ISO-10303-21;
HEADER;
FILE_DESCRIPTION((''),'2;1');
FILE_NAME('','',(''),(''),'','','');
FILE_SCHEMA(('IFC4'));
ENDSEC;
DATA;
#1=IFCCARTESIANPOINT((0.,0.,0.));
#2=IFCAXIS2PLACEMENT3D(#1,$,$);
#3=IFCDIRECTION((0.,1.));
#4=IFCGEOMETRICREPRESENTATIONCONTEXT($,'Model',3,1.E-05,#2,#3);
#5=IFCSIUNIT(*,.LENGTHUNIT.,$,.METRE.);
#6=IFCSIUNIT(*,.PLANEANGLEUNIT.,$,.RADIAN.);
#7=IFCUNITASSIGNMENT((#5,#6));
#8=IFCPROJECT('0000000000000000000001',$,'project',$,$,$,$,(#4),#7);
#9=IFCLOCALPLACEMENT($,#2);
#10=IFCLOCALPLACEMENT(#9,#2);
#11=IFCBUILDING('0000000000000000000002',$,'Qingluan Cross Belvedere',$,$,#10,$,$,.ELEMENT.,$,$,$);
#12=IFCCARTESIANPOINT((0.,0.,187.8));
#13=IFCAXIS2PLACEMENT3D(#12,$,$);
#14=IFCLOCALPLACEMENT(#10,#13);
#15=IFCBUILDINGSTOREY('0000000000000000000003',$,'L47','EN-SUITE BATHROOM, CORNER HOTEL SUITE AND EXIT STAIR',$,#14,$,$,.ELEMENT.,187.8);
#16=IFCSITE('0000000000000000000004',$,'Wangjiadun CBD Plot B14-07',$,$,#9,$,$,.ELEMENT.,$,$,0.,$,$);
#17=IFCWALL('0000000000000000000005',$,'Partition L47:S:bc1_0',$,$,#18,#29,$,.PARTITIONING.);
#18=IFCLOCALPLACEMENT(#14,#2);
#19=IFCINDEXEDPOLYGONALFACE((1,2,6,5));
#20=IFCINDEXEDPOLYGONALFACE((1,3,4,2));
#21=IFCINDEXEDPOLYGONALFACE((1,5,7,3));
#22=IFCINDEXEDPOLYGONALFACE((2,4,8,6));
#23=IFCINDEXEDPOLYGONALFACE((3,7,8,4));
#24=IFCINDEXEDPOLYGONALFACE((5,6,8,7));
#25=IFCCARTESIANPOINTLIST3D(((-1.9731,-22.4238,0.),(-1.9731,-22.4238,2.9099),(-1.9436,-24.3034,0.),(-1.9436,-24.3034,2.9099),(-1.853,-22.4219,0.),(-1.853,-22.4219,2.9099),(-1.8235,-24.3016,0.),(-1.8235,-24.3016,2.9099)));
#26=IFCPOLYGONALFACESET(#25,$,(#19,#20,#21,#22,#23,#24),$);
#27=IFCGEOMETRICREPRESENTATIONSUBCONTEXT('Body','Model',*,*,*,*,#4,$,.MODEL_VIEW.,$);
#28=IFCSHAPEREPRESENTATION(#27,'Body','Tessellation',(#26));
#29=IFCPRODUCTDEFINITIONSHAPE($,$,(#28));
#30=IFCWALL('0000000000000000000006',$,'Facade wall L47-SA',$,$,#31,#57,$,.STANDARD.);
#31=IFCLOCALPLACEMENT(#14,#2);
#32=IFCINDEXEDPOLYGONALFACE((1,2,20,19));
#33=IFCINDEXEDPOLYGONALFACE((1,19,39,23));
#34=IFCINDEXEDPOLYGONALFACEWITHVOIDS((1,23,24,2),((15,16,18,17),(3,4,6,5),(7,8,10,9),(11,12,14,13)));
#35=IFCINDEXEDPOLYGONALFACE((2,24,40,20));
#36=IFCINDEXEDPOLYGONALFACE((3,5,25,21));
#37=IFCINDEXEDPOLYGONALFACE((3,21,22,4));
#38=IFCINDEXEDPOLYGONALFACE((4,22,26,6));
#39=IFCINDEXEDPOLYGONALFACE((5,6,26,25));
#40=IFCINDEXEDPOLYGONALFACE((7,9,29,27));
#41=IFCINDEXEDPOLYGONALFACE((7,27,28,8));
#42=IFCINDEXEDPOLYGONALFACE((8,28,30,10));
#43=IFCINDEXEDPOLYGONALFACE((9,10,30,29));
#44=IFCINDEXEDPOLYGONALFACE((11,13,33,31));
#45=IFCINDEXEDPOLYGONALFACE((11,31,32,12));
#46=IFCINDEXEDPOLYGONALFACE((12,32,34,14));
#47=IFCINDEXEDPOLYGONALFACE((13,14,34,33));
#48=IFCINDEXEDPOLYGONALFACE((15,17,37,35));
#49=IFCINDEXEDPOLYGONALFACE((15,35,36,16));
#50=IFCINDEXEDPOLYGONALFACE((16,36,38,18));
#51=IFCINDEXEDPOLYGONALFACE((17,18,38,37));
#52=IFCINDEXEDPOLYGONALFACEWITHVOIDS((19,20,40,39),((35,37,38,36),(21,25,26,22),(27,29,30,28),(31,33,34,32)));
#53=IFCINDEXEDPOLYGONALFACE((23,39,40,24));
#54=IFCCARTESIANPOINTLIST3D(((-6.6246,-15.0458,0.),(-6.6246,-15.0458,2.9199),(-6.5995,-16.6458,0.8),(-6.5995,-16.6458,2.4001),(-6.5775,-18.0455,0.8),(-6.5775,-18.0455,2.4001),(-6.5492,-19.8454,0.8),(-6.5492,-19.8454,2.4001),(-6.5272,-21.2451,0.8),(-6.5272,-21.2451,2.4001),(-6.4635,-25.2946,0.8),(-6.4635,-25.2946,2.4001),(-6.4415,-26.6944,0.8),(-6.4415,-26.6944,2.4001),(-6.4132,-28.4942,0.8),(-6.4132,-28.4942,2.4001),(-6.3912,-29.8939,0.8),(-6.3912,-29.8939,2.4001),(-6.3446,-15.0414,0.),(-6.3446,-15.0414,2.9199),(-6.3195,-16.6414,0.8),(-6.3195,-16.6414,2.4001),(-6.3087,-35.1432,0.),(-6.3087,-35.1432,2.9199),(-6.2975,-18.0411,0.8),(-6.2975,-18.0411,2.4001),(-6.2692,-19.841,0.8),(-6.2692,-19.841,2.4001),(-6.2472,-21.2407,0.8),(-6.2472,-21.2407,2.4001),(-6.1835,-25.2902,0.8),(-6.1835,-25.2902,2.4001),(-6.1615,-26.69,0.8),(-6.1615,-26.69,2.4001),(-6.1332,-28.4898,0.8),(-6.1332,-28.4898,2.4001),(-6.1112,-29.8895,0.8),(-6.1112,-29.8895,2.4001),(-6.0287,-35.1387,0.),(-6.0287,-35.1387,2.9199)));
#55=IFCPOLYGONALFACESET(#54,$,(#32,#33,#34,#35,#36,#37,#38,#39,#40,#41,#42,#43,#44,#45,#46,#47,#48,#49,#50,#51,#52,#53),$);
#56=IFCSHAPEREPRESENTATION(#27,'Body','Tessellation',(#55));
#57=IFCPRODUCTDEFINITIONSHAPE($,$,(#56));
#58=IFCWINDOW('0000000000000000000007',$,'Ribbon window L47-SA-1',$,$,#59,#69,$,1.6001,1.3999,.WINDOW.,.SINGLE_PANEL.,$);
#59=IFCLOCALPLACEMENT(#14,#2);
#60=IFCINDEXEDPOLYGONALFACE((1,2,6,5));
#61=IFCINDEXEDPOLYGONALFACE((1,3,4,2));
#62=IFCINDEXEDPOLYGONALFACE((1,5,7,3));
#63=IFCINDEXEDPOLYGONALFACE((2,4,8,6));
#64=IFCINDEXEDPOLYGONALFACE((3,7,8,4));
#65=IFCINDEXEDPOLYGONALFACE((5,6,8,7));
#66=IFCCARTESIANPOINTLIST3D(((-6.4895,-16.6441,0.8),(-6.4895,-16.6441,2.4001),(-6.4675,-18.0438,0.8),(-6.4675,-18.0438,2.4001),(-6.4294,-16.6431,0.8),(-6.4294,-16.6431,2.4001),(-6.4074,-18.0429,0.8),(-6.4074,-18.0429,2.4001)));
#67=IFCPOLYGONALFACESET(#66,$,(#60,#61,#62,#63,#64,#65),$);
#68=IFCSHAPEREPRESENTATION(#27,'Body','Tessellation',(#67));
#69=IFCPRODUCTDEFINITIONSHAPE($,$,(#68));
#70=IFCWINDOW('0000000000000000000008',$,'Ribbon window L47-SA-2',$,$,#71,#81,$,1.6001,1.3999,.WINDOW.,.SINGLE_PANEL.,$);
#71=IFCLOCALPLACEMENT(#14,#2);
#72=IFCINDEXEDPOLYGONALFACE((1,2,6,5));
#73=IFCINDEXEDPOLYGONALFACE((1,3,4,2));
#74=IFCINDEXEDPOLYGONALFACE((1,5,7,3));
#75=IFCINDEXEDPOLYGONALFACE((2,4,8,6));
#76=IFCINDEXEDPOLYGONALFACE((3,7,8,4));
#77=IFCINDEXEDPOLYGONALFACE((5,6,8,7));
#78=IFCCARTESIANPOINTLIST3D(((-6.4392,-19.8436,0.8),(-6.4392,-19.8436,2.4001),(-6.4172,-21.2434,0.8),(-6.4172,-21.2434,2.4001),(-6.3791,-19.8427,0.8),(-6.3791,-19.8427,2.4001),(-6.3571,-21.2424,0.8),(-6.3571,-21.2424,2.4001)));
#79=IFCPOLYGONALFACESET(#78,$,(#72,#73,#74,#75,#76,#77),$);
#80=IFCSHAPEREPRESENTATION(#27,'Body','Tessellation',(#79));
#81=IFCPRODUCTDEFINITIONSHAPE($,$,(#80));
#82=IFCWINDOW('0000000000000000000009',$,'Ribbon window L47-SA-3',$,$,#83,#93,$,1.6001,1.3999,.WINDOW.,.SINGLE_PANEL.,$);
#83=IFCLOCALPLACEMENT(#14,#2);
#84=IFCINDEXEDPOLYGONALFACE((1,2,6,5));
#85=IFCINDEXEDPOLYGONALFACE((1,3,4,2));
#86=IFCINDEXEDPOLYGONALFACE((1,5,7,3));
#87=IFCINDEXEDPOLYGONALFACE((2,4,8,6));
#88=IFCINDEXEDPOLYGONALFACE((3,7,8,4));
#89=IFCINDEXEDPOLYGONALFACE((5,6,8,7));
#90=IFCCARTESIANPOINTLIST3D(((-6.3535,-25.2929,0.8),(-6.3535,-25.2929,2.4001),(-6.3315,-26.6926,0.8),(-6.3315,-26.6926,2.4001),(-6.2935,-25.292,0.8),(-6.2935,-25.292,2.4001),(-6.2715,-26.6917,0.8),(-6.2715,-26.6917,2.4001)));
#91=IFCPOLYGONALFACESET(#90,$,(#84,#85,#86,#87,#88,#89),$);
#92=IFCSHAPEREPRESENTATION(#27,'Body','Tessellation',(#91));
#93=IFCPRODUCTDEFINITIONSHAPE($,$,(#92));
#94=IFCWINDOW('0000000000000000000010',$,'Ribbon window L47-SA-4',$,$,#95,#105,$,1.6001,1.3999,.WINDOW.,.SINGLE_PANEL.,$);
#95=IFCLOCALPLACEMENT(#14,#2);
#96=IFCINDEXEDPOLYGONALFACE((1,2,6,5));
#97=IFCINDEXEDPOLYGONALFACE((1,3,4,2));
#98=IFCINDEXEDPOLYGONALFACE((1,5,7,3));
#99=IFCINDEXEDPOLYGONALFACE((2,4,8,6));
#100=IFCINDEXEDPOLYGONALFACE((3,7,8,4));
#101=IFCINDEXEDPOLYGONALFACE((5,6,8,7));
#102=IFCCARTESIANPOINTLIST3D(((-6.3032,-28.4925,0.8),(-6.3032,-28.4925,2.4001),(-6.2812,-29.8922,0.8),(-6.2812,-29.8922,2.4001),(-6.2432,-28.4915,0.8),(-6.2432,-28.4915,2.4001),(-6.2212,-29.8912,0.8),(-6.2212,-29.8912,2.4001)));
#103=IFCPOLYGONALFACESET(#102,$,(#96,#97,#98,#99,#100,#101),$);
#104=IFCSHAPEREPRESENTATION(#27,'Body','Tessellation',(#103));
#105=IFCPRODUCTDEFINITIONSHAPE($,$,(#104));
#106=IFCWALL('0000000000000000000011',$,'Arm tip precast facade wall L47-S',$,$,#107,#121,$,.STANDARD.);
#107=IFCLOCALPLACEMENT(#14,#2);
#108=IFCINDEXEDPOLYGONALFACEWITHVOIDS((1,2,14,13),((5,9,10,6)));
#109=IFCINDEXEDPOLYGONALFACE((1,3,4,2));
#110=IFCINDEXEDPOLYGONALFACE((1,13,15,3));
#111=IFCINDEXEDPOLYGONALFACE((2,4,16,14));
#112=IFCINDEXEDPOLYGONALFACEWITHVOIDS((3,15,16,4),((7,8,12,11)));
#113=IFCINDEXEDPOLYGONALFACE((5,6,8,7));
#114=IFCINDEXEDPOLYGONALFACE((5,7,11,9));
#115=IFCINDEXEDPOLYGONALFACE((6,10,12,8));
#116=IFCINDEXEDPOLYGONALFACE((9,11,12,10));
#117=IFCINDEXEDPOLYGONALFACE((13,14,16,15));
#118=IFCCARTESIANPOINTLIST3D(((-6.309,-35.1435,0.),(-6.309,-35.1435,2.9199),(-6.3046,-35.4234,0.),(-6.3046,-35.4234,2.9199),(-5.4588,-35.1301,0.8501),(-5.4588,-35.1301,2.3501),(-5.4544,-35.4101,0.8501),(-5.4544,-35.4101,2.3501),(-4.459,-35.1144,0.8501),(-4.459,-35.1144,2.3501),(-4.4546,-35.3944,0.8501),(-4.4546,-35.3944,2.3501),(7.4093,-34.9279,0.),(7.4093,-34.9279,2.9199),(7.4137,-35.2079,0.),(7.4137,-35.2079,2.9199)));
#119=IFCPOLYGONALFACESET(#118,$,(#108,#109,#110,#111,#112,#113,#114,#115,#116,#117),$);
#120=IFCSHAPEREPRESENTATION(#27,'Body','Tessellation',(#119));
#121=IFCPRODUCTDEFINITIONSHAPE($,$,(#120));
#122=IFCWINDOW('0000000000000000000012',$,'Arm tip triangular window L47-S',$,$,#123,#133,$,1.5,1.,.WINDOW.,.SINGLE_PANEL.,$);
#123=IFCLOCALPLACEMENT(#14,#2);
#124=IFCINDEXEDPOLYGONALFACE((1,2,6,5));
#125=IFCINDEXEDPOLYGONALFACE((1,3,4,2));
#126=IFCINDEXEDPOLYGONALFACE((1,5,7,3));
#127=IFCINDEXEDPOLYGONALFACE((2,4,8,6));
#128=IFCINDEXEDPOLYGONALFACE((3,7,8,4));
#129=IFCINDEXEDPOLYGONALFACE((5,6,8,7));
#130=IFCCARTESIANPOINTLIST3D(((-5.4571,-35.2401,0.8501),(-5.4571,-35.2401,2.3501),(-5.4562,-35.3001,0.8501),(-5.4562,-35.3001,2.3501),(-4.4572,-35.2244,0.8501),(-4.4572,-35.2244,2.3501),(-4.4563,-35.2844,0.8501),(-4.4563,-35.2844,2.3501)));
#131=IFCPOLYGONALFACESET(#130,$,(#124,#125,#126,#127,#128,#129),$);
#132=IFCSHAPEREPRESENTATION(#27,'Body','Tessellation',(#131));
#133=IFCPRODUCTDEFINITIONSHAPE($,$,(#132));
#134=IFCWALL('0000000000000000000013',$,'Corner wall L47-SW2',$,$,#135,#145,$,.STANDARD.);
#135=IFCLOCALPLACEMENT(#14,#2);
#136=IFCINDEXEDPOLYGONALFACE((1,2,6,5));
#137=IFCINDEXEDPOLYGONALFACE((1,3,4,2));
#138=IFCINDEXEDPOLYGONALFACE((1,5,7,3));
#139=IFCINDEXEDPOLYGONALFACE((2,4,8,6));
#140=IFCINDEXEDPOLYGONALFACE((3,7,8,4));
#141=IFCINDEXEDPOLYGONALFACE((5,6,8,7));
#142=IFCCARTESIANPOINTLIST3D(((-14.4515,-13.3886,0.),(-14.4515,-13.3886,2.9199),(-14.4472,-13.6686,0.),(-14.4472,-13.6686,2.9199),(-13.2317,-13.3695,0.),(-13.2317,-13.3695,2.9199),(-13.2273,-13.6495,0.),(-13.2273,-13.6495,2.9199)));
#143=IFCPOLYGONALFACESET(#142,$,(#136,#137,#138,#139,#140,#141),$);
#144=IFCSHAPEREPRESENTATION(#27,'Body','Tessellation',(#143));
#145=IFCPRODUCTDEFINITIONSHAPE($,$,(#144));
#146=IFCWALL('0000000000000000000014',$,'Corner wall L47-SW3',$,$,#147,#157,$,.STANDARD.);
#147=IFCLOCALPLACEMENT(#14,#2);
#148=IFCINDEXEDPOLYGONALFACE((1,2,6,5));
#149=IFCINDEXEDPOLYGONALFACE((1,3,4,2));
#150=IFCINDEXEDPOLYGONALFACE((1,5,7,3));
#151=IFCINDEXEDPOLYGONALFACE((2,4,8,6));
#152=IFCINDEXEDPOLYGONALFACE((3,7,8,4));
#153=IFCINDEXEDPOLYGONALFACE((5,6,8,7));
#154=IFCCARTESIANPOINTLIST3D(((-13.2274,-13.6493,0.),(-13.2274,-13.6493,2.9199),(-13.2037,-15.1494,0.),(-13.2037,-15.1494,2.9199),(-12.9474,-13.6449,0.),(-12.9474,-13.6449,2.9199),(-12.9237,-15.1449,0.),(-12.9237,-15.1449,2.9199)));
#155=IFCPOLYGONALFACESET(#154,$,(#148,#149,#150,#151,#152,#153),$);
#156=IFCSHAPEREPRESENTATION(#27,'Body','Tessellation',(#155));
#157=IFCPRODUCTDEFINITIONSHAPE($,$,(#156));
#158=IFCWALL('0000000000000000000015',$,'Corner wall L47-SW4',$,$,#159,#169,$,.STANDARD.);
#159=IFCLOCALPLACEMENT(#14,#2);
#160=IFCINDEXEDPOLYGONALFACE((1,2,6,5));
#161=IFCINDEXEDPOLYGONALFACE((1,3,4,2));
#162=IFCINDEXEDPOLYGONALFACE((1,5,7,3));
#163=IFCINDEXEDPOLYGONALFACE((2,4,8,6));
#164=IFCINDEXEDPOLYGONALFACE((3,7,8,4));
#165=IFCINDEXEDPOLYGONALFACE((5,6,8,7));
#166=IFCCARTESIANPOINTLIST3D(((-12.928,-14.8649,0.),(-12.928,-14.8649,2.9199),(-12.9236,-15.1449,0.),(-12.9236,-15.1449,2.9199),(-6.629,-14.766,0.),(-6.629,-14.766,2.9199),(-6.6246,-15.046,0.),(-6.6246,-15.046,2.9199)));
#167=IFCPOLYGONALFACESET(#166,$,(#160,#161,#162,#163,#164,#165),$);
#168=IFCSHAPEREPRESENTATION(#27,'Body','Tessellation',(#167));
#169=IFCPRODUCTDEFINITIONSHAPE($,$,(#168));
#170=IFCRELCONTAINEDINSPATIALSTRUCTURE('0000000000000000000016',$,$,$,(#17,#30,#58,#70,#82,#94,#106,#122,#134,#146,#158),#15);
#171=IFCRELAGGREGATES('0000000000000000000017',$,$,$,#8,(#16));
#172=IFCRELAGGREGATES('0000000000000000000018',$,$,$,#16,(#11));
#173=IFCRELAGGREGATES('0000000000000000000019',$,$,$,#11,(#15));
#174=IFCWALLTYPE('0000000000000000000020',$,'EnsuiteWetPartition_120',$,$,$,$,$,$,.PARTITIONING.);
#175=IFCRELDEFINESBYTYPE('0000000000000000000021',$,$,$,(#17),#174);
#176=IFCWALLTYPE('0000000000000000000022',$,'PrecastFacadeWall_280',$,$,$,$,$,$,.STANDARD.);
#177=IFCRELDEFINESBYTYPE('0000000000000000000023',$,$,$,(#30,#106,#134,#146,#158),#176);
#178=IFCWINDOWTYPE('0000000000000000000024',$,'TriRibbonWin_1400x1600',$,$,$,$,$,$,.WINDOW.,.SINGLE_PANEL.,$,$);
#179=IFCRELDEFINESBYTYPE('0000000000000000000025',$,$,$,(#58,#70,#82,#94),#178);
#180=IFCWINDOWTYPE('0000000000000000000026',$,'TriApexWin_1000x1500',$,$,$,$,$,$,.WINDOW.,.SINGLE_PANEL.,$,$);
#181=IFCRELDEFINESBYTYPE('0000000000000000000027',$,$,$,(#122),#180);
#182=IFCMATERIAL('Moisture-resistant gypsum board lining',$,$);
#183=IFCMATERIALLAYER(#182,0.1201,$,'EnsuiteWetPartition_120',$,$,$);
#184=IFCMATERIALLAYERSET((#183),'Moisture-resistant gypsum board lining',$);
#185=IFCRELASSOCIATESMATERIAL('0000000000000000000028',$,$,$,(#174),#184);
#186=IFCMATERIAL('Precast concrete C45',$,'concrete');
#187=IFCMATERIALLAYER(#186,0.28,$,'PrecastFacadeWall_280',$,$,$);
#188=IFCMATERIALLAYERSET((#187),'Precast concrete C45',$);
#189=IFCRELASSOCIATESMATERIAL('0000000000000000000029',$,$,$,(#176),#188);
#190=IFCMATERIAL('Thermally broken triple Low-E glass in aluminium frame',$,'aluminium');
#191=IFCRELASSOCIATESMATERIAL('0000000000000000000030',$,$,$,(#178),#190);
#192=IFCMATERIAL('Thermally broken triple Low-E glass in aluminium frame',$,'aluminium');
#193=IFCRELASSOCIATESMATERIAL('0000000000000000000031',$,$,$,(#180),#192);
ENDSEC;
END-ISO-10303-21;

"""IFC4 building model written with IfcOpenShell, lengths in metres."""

from ifc_helpers import new_model, si_unit, direction, frame, frame_2d, origin, place, context, subcontext, project, spatial, rectangle, extrude, material, layer, layer_set, type_object, element, fill, save


model = new_model("IFC4")

# Units and contexts
model_context = context("Model", 3, precision=1e-05, world=origin(), true_north=direction((0.0, 1.0)))
body_context = subcontext(model_context, "Body", "Model", "MODEL_VIEW")
ifc_project = project(units=[si_unit("LENGTHUNIT", "METRE"), si_unit("PLANEANGLEUNIT", "RADIAN")], contexts=[model_context])

# Site, building, storey
site_placement = place(None, origin())
site = spatial("IfcSite", under=ifc_project, at=site_placement, Name="Wangjiadun CBD Plot B14-07", CompositionType="ELEMENT", RefElevation=0.0)
building_placement = place(site_placement, origin())
building = spatial("IfcBuilding", under=site, at=building_placement, Name="Qingluan Cross Belvedere", CompositionType="ELEMENT")
storey_placement = place(building_placement, frame((0.0, 0.0, 187.8)))
storey = spatial("IfcBuildingStorey", under=building, at=storey_placement, Name="L47", Description="EN-SUITE BATHROOM, CORNER HOTEL SUITE AND EXIT STAIR", CompositionType="ELEMENT", Elevation=187.8)

# Wall
ifc_material_1 = material(Name="Moisture-resistant gypsum board lining")
ifc_layer_1 = layer(ifc_material_1, 0.1201, Name="EnsuiteWetPartition_120")
ifc_layer_set_1 = layer_set([ifc_layer_1], Name="Moisture-resistant gypsum board lining")
wall_type_1 = type_object("IfcWallType", Name="EnsuiteWetPartition_120", PredefinedType="PARTITIONING", material=ifc_layer_set_1)
wall_1_placement = place(storey_placement, frame((-1.9131, -22.4229, 0.0), z_axis=(0.0, 0.0, 1.0), x_axis=(0.015714, -0.999877, 0.0)))
element("IfcWall", 1, at=wall_1_placement, inside=storey, type_object=wall_type_1, Name="Partition L47:S:bc1_0", PredefinedType="PARTITIONING", context=body_context, shape_type="SweptSolid", body=[
    extrude(rectangle(XDim=1.8799, YDim=0.1201, at=frame_2d((0.9399, 0.0))), origin(), (0.0, 0.0, 1.0), 2.9099),
])

# Wall, openings, windows
ifc_material_2 = material(Name="Precast concrete C45", Category="concrete")
ifc_layer_2 = layer(ifc_material_2, 0.28, Name="PrecastFacadeWall_280")
ifc_layer_set_2 = layer_set([ifc_layer_2], Name="Precast concrete C45")
wall_type_2 = type_object("IfcWallType", Name="PrecastFacadeWall_280", PredefinedType="STANDARD", material=ifc_layer_set_2)
wall_2_placement = place(storey_placement, frame((-6.4846, -15.0437, 0.0), z_axis=(0.0, 0.0, 1.0), x_axis=(0.015717, -0.999876, 0.0)))
wall_2 = element("IfcWall", 2, at=wall_2_placement, inside=storey, type_object=wall_type_2, Name="Facade wall L47-SA", PredefinedType="STANDARD", context=body_context, shape_type="SweptSolid", body=[
    extrude(rectangle(XDim=20.0999, YDim=0.28, at=frame_2d((10.0498, 0.0))), origin(), (0.0, 0.0, 1.0), 2.9199),
])
opening_1_placement = place(wall_2_placement, frame((1.6001, 0.0, 0.8)))
opening_1 = element("IfcOpeningElement", 3, at=opening_1_placement, cuts=wall_2, PredefinedType="OPENING", context=body_context, shape_type="SweptSolid", body=[
    extrude(rectangle(XDim=1.3999, YDim=1.6001, at=frame_2d((0.7, 0.8))), frame((0.0, 0.1499, 0.0), z_axis=(0.0, -1.0, 0.0), x_axis=(1.0, 0.0, 0.0)), (0.0, 0.0, 1.0), 0.3),
])
opening_2_placement = place(wall_2_placement, frame((4.8, 0.0, 0.8)))
opening_2 = element("IfcOpeningElement", 4, at=opening_2_placement, cuts=wall_2, PredefinedType="OPENING", context=body_context, shape_type="SweptSolid", body=[
    extrude(rectangle(XDim=1.3999, YDim=1.6001, at=frame_2d((0.7, 0.8))), frame((0.0, 0.1499, 0.0), z_axis=(0.0, -1.0, 0.0), x_axis=(1.0, 0.0, 0.0)), (0.0, 0.0, 1.0), 0.3),
])
opening_3_placement = place(wall_2_placement, frame((10.25, 0.0, 0.8)))
opening_3 = element("IfcOpeningElement", 5, at=opening_3_placement, cuts=wall_2, PredefinedType="OPENING", context=body_context, shape_type="SweptSolid", body=[
    extrude(rectangle(XDim=1.3999, YDim=1.6001, at=frame_2d((0.7, 0.8))), frame((0.0, 0.1499, 0.0), z_axis=(0.0, -1.0, 0.0), x_axis=(1.0, 0.0, 0.0)), (0.0, 0.0, 1.0), 0.3),
])
opening_4_placement = place(wall_2_placement, frame((13.45, 0.0, 0.8)))
opening_4 = element("IfcOpeningElement", 6, at=opening_4_placement, cuts=wall_2, PredefinedType="OPENING", context=body_context, shape_type="SweptSolid", body=[
    extrude(rectangle(XDim=1.3999, YDim=1.6001, at=frame_2d((0.7, 0.8))), frame((0.0, 0.1499, 0.0), z_axis=(0.0, -1.0, 0.0), x_axis=(1.0, 0.0, 0.0)), (0.0, 0.0, 1.0), 0.3),
])
ifc_material_3 = material(Name="Thermally broken triple Low-E glass in aluminium frame", Category="aluminium")
window_type_1 = type_object("IfcWindowType", Name="TriRibbonWin_1400x1600", PartitioningType="SINGLE_PANEL", PredefinedType="WINDOW", material=ifc_material_3)
window_1_placement = place(opening_1_placement, origin())
window_1 = element("IfcWindow", 7, at=window_1_placement, inside=storey, type_object=window_type_1, Name="Ribbon window L47-SA-1", OverallHeight=1.6001, OverallWidth=1.3999, PartitioningType="SINGLE_PANEL", PredefinedType="WINDOW", context=body_context, shape_type="SweptSolid", body=[
    extrude(rectangle(XDim=1.3999, YDim=1.6001, at=frame_2d((0.7, 0.8))), frame((0.0, 0.03, 0.0), z_axis=(0.0, -1.0, 0.0), x_axis=(1.0, 0.0, 0.0)), (0.0, 0.0, 1.0), 0.0601),
])
fill(opening_1, window_1)
window_2_placement = place(opening_2_placement, origin())
window_2 = element("IfcWindow", 8, at=window_2_placement, inside=storey, type_object=window_type_1, Name="Ribbon window L47-SA-2", OverallHeight=1.6001, OverallWidth=1.3999, PartitioningType="SINGLE_PANEL", PredefinedType="WINDOW", context=body_context, shape_type="SweptSolid", body=[
    extrude(rectangle(XDim=1.3999, YDim=1.6001, at=frame_2d((0.7, 0.8))), frame((0.0, 0.03, 0.0), z_axis=(0.0, -1.0, 0.0), x_axis=(1.0, 0.0, 0.0)), (0.0, 0.0, 1.0), 0.0601),
])
fill(opening_2, window_2)
window_3_placement = place(opening_3_placement, origin())
window_3 = element("IfcWindow", 9, at=window_3_placement, inside=storey, type_object=window_type_1, Name="Ribbon window L47-SA-3", OverallHeight=1.6001, OverallWidth=1.3999, PartitioningType="SINGLE_PANEL", PredefinedType="WINDOW", context=body_context, shape_type="SweptSolid", body=[
    extrude(rectangle(XDim=1.3999, YDim=1.6001, at=frame_2d((0.7, 0.8))), frame((0.0, 0.03, 0.0), z_axis=(0.0, -1.0, 0.0), x_axis=(1.0, 0.0, 0.0)), (0.0, 0.0, 1.0), 0.0601),
])
fill(opening_3, window_3)
window_4_placement = place(opening_4_placement, origin())
window_4 = element("IfcWindow", 10, at=window_4_placement, inside=storey, type_object=window_type_1, Name="Ribbon window L47-SA-4", OverallHeight=1.6001, OverallWidth=1.3999, PartitioningType="SINGLE_PANEL", PredefinedType="WINDOW", context=body_context, shape_type="SweptSolid", body=[
    extrude(rectangle(XDim=1.3999, YDim=1.6001, at=frame_2d((0.7, 0.8))), frame((0.0, 0.03, 0.0), z_axis=(0.0, -1.0, 0.0), x_axis=(1.0, 0.0, 0.0)), (0.0, 0.0, 1.0), 0.0601),
])
fill(opening_4, window_4)

# Wall, opening, window
wall_3_placement = place(storey_placement, frame((-6.3066, -35.2834, 0.0), z_axis=(0.0, 0.0, 1.0), x_axis=(0.999877, 0.015713, 0.0)))
wall_3 = element("IfcWall", 11, at=wall_3_placement, inside=storey, type_object=wall_type_2, Name="Arm tip precast facade wall L47-S", PredefinedType="STANDARD", context=body_context, shape_type="SweptSolid", body=[
    extrude(rectangle(XDim=13.72, YDim=0.28, at=frame_2d((6.8599, 0.0))), origin(), (0.0, 0.0, 1.0), 2.9199),
])
opening_5_placement = place(wall_3_placement, frame((0.8501, 0.0, 0.8501)))
opening_5 = element("IfcOpeningElement", 12, at=opening_5_placement, cuts=wall_3, PredefinedType="OPENING", context=body_context, shape_type="SweptSolid", body=[
    extrude(rectangle(XDim=1.0, YDim=1.5, at=frame_2d((0.5, 0.75))), frame((0.0, 0.1499, 0.0), z_axis=(0.0, -1.0, 0.0), x_axis=(1.0, 0.0, 0.0)), (0.0, 0.0, 1.0), 0.3),
])
ifc_material_4 = material(Name="Thermally broken triple Low-E glass in aluminium frame", Category="aluminium")
window_type_2 = type_object("IfcWindowType", Name="TriApexWin_1000x1500", PartitioningType="SINGLE_PANEL", PredefinedType="WINDOW", material=ifc_material_4)
window_5_placement = place(opening_5_placement, origin())
window_5 = element("IfcWindow", 13, at=window_5_placement, inside=storey, type_object=window_type_2, Name="Arm tip triangular window L47-S", OverallHeight=1.5, OverallWidth=1.0, PartitioningType="SINGLE_PANEL", PredefinedType="WINDOW", context=body_context, shape_type="SweptSolid", body=[
    extrude(rectangle(XDim=1.0, YDim=1.5, at=frame_2d((0.5, 0.75))), frame((0.0, 0.03, 0.0), z_axis=(0.0, -1.0, 0.0), x_axis=(1.0, 0.0, 0.0)), (0.0, 0.0, 1.0), 0.0601),
])
fill(opening_5, window_5)

# Walls
wall_4_placement = place(storey_placement, frame((-14.4492, -13.5286, 0.0), z_axis=(0.0, 0.0, 1.0), x_axis=(0.999878, 0.015611, 0.0)))
element("IfcWall", 14, at=wall_4_placement, inside=storey, type_object=wall_type_2, Name="Corner wall L47-SW2", PredefinedType="STANDARD", context=body_context, shape_type="SweptSolid", body=[
    extrude(rectangle(XDim=1.22, YDim=0.28, at=frame_2d((0.6099, 0.0))), origin(), (0.0, 0.0, 1.0), 2.9199),
])
wall_5_placement = place(storey_placement, frame((-13.0874, -13.6472, 0.0), z_axis=(0.0, 0.0, 1.0), x_axis=(0.015786, -0.999875, 0.0)))
element("IfcWall", 15, at=wall_5_placement, inside=storey, type_object=wall_type_2, Name="Corner wall L47-SW3", PredefinedType="STANDARD", context=body_context, shape_type="SweptSolid", body=[
    extrude(rectangle(XDim=1.5002, YDim=0.28, at=frame_2d((0.75, 0.0))), origin(), (0.0, 0.0, 1.0), 2.9199),
])
wall_6_placement = place(storey_placement, frame((-12.9258, -15.0049, 0.0), z_axis=(0.0, 0.0, 1.0), x_axis=(0.999877, 0.015695, 0.0)))
element("IfcWall", 16, at=wall_6_placement, inside=storey, type_object=wall_type_2, Name="Corner wall L47-SW4", PredefinedType="STANDARD", context=body_context, shape_type="SweptSolid", body=[
    extrude(rectangle(XDim=6.2998, YDim=0.28, at=frame_2d((3.1499, 0.0))), origin(), (0.0, 0.0, 1.0), 2.9199),
])

save(model, "model.ifc")
